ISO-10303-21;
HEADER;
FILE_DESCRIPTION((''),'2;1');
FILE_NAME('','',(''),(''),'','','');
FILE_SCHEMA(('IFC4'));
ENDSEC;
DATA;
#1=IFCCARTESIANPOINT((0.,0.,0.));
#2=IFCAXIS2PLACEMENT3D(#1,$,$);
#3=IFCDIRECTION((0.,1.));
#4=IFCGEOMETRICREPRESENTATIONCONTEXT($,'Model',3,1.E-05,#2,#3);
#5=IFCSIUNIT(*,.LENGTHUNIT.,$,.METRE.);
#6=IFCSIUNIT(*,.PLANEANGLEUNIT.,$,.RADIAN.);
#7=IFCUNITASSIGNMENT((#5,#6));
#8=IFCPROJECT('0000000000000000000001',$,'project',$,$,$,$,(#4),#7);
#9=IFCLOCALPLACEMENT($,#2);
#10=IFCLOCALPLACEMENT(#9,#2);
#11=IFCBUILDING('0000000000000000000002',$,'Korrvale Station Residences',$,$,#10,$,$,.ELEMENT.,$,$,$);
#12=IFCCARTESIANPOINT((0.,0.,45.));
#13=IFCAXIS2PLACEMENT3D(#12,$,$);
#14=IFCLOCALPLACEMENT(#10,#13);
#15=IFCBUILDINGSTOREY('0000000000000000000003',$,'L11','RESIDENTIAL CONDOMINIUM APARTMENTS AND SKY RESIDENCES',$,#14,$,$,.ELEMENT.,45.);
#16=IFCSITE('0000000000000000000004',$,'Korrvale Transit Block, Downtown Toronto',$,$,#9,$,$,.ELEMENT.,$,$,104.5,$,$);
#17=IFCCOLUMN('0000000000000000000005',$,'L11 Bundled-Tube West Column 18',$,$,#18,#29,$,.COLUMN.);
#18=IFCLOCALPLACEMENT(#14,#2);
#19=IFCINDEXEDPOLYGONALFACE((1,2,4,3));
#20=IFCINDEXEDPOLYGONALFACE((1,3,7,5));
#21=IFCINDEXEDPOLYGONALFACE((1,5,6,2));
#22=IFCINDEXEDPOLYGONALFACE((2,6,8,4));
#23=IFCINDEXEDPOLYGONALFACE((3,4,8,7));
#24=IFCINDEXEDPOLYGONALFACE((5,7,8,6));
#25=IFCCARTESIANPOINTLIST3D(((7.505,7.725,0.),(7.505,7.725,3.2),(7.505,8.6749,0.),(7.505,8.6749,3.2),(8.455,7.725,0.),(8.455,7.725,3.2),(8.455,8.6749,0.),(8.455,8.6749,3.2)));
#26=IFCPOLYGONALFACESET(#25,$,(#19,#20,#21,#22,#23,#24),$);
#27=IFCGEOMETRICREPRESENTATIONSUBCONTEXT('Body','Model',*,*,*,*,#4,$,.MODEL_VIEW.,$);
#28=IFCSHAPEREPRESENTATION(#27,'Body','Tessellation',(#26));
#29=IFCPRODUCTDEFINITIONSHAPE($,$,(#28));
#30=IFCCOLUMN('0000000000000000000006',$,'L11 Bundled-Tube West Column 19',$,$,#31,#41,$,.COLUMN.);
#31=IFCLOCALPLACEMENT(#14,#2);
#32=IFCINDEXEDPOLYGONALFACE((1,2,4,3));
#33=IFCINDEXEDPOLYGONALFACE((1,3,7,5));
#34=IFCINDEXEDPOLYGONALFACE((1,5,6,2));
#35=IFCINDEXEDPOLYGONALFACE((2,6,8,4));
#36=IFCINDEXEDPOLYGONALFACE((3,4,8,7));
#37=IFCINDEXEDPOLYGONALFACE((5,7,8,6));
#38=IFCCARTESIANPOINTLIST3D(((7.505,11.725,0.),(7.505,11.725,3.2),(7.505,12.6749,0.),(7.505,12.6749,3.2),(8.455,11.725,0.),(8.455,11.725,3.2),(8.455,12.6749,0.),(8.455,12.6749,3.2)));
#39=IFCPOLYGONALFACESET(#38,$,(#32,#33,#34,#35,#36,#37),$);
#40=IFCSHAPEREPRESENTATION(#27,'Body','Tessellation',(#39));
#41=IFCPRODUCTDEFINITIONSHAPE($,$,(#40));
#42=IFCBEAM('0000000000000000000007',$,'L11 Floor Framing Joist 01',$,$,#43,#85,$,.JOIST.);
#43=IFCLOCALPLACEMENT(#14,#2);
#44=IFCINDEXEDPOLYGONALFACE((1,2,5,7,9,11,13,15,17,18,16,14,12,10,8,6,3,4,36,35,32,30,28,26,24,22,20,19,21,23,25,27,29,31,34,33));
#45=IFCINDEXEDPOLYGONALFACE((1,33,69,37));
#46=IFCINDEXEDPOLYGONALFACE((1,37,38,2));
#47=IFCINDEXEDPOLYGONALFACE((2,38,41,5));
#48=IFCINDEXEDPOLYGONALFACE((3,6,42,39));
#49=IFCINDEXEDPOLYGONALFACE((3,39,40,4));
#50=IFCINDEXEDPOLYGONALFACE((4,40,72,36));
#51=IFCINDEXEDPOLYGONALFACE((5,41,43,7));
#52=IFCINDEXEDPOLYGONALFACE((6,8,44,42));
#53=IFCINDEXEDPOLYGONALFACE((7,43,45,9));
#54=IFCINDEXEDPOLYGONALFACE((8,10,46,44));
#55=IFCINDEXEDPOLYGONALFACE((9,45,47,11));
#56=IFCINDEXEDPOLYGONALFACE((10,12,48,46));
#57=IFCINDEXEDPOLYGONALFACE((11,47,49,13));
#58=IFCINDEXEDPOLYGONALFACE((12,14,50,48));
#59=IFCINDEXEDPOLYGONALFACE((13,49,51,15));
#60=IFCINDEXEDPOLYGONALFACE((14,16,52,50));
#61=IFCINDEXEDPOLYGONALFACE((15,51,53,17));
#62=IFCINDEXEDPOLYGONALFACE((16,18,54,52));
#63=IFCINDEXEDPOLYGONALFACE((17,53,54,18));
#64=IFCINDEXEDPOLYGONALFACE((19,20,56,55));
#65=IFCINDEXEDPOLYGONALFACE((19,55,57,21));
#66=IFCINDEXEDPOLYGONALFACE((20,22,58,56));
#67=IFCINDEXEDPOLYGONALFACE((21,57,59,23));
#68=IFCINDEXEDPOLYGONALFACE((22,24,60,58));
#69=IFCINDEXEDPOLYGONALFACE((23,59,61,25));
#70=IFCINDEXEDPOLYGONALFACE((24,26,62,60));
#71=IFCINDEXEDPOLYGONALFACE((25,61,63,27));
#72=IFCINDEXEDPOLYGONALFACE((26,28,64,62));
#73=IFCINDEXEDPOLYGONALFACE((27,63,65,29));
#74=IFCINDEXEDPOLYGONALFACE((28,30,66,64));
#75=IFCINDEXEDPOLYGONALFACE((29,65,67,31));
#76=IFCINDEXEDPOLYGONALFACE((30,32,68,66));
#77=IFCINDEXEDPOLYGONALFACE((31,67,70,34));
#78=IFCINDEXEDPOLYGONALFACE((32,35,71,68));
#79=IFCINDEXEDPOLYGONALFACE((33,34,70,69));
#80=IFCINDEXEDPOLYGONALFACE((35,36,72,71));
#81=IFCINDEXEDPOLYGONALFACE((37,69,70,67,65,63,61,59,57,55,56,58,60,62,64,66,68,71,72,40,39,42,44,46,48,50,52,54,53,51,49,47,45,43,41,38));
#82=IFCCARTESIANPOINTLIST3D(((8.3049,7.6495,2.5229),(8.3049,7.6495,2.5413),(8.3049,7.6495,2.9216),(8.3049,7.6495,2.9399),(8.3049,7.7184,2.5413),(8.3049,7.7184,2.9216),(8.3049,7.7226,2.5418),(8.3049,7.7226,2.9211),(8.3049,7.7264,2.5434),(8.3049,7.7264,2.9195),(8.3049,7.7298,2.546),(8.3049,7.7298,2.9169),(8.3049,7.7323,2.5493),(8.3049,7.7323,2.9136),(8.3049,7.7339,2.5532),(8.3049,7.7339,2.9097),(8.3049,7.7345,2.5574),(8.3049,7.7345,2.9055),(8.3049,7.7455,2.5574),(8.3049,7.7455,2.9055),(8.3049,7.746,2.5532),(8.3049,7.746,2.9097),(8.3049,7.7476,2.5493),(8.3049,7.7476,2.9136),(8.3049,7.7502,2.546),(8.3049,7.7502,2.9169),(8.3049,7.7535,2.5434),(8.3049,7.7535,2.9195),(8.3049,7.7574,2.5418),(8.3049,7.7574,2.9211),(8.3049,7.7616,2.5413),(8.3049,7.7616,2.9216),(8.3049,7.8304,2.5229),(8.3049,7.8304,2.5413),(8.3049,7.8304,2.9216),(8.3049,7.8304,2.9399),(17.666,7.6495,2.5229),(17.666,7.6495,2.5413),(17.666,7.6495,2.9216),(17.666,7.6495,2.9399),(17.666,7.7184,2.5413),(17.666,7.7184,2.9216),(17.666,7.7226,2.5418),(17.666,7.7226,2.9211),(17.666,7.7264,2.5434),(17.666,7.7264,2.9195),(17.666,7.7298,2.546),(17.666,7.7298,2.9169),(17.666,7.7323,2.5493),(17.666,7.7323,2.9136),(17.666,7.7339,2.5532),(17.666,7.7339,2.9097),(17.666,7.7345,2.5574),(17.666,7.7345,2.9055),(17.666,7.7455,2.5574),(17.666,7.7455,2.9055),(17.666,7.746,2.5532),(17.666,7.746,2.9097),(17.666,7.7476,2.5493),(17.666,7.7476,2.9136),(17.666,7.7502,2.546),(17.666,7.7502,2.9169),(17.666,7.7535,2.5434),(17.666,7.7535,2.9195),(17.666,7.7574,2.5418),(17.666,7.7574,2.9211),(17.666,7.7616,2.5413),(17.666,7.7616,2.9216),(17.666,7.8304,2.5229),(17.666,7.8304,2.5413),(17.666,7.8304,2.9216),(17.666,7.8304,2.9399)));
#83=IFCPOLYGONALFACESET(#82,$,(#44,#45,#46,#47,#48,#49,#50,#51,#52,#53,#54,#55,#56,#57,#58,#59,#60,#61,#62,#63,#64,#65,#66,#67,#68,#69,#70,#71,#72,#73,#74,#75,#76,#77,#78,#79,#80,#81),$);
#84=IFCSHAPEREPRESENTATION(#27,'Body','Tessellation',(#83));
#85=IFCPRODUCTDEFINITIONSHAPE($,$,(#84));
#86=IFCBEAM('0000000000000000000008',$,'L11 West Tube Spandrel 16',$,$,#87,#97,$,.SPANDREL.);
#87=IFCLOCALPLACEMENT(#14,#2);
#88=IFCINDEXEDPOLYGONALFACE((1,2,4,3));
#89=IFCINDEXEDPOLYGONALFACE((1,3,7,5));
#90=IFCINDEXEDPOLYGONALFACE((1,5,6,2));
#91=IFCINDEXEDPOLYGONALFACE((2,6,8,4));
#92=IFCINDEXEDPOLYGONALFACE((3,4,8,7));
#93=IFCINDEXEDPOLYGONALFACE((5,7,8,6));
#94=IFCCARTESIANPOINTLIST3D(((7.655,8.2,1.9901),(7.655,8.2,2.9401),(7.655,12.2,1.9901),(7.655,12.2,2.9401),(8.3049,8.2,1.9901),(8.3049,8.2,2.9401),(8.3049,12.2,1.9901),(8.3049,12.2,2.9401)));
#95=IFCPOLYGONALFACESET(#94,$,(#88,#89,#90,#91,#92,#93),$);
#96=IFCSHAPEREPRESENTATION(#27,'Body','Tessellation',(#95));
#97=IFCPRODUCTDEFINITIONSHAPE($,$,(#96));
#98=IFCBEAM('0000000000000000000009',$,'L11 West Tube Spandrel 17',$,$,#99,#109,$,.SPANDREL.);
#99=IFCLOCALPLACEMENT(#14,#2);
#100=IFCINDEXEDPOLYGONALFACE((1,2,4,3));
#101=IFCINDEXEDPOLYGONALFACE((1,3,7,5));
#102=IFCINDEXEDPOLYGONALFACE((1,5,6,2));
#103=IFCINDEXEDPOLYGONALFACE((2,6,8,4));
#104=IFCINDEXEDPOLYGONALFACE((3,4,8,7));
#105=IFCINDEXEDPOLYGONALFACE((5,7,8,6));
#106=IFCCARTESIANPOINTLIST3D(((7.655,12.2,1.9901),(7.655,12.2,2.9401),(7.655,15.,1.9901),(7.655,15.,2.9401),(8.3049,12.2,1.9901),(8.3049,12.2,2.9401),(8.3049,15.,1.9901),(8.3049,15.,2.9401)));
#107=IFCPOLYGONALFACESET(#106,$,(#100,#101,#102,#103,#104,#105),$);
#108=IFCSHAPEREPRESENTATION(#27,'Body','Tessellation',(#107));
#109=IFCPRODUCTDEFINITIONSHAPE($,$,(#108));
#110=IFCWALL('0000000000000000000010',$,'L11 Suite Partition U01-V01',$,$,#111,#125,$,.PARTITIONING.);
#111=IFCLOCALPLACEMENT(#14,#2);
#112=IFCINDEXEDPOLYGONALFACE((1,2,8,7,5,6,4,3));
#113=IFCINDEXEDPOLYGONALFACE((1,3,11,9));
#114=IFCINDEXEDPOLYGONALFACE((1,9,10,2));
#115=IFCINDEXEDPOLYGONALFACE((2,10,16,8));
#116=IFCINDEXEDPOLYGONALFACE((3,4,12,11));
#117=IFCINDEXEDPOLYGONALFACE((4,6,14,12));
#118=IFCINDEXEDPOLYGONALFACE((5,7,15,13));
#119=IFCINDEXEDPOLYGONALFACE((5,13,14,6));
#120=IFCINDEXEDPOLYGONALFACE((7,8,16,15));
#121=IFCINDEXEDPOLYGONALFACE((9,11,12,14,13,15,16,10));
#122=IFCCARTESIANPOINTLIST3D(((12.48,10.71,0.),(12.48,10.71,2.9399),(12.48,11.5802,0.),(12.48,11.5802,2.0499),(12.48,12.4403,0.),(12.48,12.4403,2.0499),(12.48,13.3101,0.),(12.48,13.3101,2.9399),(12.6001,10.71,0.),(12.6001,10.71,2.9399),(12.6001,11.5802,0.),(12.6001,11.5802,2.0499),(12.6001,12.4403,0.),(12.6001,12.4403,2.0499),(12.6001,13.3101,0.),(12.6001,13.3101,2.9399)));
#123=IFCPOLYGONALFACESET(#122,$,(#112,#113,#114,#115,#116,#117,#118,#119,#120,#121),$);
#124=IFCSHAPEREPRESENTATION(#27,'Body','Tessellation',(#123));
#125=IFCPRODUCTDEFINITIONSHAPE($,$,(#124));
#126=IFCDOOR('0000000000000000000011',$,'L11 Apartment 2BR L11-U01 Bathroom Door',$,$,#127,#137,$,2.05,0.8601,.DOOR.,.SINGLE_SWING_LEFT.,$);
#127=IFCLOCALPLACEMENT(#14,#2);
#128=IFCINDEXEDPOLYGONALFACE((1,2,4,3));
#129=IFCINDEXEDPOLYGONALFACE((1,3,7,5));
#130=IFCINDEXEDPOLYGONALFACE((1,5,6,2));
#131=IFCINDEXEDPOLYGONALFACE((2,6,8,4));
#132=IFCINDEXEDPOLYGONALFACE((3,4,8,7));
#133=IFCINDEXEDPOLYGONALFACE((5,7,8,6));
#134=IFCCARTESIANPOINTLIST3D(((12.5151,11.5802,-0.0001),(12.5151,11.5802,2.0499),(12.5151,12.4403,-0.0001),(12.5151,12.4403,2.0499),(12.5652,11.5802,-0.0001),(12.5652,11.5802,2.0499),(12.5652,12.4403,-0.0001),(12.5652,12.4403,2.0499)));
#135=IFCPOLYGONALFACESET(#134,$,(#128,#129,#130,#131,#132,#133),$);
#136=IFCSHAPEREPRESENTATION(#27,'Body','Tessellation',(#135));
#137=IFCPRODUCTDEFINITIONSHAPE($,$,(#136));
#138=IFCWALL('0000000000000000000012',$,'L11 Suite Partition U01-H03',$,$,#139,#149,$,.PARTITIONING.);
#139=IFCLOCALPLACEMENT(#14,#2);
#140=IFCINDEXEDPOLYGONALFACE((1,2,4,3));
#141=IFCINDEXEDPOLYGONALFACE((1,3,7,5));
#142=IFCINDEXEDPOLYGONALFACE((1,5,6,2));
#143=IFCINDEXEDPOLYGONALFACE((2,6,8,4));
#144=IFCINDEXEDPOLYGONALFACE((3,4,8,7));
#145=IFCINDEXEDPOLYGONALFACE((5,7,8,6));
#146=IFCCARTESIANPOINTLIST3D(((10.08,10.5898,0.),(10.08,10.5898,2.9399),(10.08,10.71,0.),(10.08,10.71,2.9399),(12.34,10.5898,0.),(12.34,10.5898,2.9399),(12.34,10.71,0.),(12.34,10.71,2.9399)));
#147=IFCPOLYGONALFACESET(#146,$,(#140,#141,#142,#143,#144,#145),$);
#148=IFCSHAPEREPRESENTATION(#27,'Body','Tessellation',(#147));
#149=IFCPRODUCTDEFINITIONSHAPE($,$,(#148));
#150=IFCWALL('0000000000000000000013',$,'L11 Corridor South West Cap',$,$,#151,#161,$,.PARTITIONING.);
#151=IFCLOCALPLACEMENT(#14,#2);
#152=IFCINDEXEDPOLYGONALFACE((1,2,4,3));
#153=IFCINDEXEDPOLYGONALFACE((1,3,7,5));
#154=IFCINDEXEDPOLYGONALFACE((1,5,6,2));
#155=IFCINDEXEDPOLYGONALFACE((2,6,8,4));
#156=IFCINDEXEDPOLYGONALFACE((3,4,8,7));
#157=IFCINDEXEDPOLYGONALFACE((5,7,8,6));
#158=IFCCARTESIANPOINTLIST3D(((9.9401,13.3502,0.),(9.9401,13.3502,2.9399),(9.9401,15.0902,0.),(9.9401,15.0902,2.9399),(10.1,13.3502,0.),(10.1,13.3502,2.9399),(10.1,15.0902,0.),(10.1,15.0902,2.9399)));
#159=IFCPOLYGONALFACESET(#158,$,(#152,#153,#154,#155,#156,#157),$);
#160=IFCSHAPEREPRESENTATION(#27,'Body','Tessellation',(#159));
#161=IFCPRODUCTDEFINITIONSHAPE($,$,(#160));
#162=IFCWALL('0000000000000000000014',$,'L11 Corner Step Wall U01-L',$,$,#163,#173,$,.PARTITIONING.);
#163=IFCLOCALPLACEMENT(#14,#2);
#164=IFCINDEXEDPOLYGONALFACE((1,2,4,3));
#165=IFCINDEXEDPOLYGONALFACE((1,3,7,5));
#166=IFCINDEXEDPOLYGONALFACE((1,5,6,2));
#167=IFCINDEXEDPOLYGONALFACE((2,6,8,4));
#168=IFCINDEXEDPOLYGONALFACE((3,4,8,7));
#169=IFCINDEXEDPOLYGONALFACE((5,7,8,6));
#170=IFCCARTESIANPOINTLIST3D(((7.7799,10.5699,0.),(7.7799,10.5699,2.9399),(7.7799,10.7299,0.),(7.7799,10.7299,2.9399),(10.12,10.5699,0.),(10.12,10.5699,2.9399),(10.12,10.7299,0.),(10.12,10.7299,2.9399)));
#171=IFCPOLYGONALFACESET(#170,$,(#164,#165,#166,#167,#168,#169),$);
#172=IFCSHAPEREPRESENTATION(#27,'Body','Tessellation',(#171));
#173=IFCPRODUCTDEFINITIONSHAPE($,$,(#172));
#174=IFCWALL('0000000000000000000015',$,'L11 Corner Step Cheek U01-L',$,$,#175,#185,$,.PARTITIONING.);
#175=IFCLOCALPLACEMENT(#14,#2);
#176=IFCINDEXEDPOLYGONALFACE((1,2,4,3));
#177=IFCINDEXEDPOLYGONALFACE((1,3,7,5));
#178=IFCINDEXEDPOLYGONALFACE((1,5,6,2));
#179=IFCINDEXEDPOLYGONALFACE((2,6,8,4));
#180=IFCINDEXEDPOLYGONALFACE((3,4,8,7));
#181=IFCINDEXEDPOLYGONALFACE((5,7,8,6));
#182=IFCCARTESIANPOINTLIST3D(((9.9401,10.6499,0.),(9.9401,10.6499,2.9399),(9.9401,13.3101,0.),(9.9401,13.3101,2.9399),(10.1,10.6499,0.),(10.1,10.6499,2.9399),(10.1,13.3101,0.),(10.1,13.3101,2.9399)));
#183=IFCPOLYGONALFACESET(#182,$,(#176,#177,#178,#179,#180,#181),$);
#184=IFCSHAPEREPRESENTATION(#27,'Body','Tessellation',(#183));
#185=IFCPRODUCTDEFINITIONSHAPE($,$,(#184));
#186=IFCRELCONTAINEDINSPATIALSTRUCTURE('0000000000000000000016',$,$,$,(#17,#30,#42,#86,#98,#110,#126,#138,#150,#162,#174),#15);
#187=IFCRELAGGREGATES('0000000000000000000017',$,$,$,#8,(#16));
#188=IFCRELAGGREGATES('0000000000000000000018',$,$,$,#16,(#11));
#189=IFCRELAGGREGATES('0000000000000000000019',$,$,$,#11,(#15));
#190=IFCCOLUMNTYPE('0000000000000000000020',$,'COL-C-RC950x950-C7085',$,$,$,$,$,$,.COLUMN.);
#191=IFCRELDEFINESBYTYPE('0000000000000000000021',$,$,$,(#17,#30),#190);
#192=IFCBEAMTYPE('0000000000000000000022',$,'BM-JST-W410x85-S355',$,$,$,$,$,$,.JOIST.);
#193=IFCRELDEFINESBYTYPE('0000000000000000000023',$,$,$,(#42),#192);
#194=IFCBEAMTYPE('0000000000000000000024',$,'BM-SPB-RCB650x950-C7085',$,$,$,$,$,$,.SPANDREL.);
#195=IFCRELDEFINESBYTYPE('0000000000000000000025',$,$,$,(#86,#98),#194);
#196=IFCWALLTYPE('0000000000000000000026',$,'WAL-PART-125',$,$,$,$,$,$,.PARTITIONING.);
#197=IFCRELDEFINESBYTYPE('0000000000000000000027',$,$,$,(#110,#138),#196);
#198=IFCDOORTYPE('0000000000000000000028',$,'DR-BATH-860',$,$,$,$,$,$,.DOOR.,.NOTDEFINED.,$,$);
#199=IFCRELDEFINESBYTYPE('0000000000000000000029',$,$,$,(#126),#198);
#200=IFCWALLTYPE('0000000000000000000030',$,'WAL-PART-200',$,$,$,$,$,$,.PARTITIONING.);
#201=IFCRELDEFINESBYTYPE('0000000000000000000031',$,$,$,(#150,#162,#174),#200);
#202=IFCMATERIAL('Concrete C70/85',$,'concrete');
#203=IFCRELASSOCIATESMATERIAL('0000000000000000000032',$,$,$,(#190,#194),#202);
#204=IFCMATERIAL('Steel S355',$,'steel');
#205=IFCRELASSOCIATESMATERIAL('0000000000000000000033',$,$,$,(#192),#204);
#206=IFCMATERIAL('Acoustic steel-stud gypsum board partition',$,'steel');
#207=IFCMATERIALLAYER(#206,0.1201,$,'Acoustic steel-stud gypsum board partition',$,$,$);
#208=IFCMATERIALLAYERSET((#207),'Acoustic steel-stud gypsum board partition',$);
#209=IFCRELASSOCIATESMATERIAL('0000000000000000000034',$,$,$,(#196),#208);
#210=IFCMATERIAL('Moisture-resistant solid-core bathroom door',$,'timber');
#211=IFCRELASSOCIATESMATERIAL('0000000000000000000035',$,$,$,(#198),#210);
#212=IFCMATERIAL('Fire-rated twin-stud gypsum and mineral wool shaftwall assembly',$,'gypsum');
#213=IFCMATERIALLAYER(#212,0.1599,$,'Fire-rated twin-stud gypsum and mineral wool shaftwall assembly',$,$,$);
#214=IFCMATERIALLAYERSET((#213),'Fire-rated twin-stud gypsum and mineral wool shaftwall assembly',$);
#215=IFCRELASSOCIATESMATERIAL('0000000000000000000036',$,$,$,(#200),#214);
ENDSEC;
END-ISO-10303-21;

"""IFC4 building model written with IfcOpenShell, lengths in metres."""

from ifc_helpers import new_model, si_unit, direction, frame, frame_2d, origin, origin_2d, place, context, subcontext, project, spatial, rectangle, i_section, extrude, material, layer, layer_set, material_profile, profile_set, type_object, element, fill, save


model = new_model("IFC4")

# Units and contexts
model_context = context("Model", 3, precision=1e-05, world=origin(), true_north=direction((0.0, 1.0)))
body_context = subcontext(model_context, "Body", "Model", "MODEL_VIEW")
ifc_project = project(units=[si_unit("LENGTHUNIT", "METRE"), si_unit("PLANEANGLEUNIT", "RADIAN")], contexts=[model_context])

# Site, building, storey
site_placement = place(None, origin())
site = spatial("IfcSite", under=ifc_project, at=site_placement, Name="Korrvale Transit Block, Downtown Toronto", CompositionType="ELEMENT", RefElevation=104.5)
building_placement = place(site_placement, origin())
building = spatial("IfcBuilding", under=site, at=building_placement, Name="Korrvale Station Residences", CompositionType="ELEMENT")
storey_placement = place(building_placement, frame((0.0, 0.0, 45.0)))
storey = spatial("IfcBuildingStorey", under=building, at=storey_placement, Name="L11", Description="RESIDENTIAL CONDOMINIUM APARTMENTS AND SKY RESIDENCES", CompositionType="ELEMENT", Elevation=45.0)

# Columns
ifc_material_1 = material(Name="Concrete C70/85", Category="concrete")
ifc_material_profile_1 = material_profile(ifc_material_1, rectangle(XDim=0.95, YDim=0.95, at=origin_2d()), Name="RC950x950")
ifc_profile_set_1 = profile_set([ifc_material_profile_1], Name="Concrete C70/85")
column_type = type_object("IfcColumnType", Name="COL-C-RC950x950-C7085", PredefinedType="COLUMN", material=ifc_profile_set_1)
for number, where, z_axis, x_axis, name in (
    (1, (7.98, 8.2, 0.0), (0.0, 0.0, 1.0), (1.0, 0.0, 0.0), "L11 Bundled-Tube West Column 18"),
    (2, (7.98, 12.2, 0.0), (0.0, 0.0, 1.0), (1.0, 0.0, 0.0), "L11 Bundled-Tube West Column 19"),
):
    element("IfcColumn", number, at=place(storey_placement, frame(where, z_axis=z_axis, x_axis=x_axis)), inside=storey, type_object=column_type, Name=name, PredefinedType="COLUMN", context=body_context, shape_type="SweptSolid", body=[
        extrude(rectangle(XDim=0.95, YDim=0.95, at=origin_2d()), origin(), (0.0, 0.0, 1.0), 3.2),
    ])

# Beams
ifc_material_2 = material(Name="Steel S355", Category="steel")
ifc_material_profile_2 = material_profile(ifc_material_2, i_section(OverallWidth=0.1809, OverallDepth=0.417, WebThickness=0.011, FlangeThickness=0.0183, FilletRadius=0.0161, at=origin_2d()), Name="W410x85")
ifc_profile_set_2 = profile_set([ifc_material_profile_2], Name="Steel S355")
beam_type_1 = type_object("IfcBeamType", Name="BM-JST-W410x85-S355", PredefinedType="JOIST", material=ifc_profile_set_2)
beam_1_placement = place(storey_placement, frame((8.3049, 7.74, 2.7314), z_axis=(1.0, 0.0, 0.0), x_axis=(0.0, 1.0, 0.0)))
element("IfcBeam", 3, at=beam_1_placement, inside=storey, type_object=beam_type_1, Name="L11 Floor Framing Joist 01", PredefinedType="JOIST", context=body_context, shape_type="SweptSolid", body=[
    extrude(i_section(OverallWidth=0.1809, OverallDepth=0.417, WebThickness=0.011, FlangeThickness=0.0183, FilletRadius=0.0161, at=origin_2d()), origin(), (0.0, 0.0, 1.0), 9.3611),
])
ifc_material_profile_3 = material_profile(ifc_material_1, rectangle(XDim=0.6499, YDim=0.95, at=origin_2d()), Name="RCB650x950")
ifc_profile_set_3 = profile_set([ifc_material_profile_3], Name="Concrete C70/85")
beam_type_2 = type_object("IfcBeamType", Name="BM-SPB-RCB650x950-C7085", PredefinedType="SPANDREL", material=ifc_profile_set_3)
beam_2_placement = place(storey_placement, frame((7.98, 8.2, 2.4651), z_axis=(0.0, 1.0, 0.0), x_axis=(-1.0, 0.0, 0.0)))
element("IfcBeam", 4, at=beam_2_placement, inside=storey, type_object=beam_type_2, Name="L11 West Tube Spandrel 16", PredefinedType="SPANDREL", context=body_context, shape_type="SweptSolid", body=[
    extrude(rectangle(XDim=0.6499, YDim=0.95, at=origin_2d()), origin(), (0.0, 0.0, 1.0), 4.0),
])
beam_3_placement = place(storey_placement, frame((7.98, 12.2, 2.4651), z_axis=(0.0, 1.0, 0.0), x_axis=(-1.0, 0.0, 0.0)))
element("IfcBeam", 5, at=beam_3_placement, inside=storey, type_object=beam_type_2, Name="L11 West Tube Spandrel 17", PredefinedType="SPANDREL", context=body_context, shape_type="SweptSolid", body=[
    extrude(rectangle(XDim=0.6499, YDim=0.95, at=origin_2d()), origin(), (0.0, 0.0, 1.0), 2.8),
])

# Wall, opening, door
ifc_material_3 = material(Name="Acoustic steel-stud gypsum board partition", Category="steel")
ifc_layer_1 = layer(ifc_material_3, 0.1201, Name="Acoustic steel-stud gypsum board partition")
ifc_layer_set_1 = layer_set([ifc_layer_1], Name="Acoustic steel-stud gypsum board partition")
wall_type_1 = type_object("IfcWallType", Name="WAL-PART-125", PredefinedType="PARTITIONING", material=ifc_layer_set_1)
wall_1_placement = place(storey_placement, frame((12.54, 10.71, 0.0), z_axis=(0.0, 0.0, 1.0), x_axis=(0.0, 1.0, 0.0)))
wall_1 = element("IfcWall", 6, at=wall_1_placement, inside=storey, type_object=wall_type_1, Name="L11 Suite Partition U01-V01", PredefinedType="PARTITIONING", context=body_context, shape_type="SweptSolid", body=[
    extrude(rectangle(XDim=2.6001, YDim=0.1201, at=frame_2d((1.3, 0.0))), origin(), (0.0, 0.0, 1.0), 2.9399),
])
opening_1_placement = place(wall_1_placement, frame((0.8701, 0.0, 0.0)))
opening_1 = element("IfcOpeningElement", 7, at=opening_1_placement, cuts=wall_1, PredefinedType="OPENING", context=body_context, shape_type="SweptSolid", body=[
    extrude(rectangle(XDim=0.8601, YDim=2.05, at=frame_2d((0.4302, 1.0249))), frame((0.0, 0.0701, 0.0), z_axis=(0.0, -1.0, 0.0), x_axis=(1.0, 0.0, 0.0)), (0.0, 0.0, 1.0), 0.1401),
])
ifc_material_4 = material(Name="Moisture-resistant solid-core bathroom door", Category="timber")
door_type_1 = type_object("IfcDoorType", Name="DR-BATH-860", OperationType="NOTDEFINED", PredefinedType="DOOR", material=ifc_material_4)
door_1_placement = place(opening_1_placement, origin())
door_1 = element("IfcDoor", 8, at=door_1_placement, inside=storey, type_object=door_type_1, Name="L11 Apartment 2BR L11-U01 Bathroom Door", OperationType="SINGLE_SWING_LEFT", OverallHeight=2.05, OverallWidth=0.8601, PredefinedType="DOOR", context=body_context, shape_type="SweptSolid", body=[
    extrude(rectangle(XDim=0.8601, YDim=2.05, at=frame_2d((0.4302, 1.0249))), frame((0.0, 0.0249, 0.0), z_axis=(0.0, -1.0, 0.0), x_axis=(1.0, 0.0, 0.0)), (0.0, 0.0, 1.0), 0.05),
])
fill(opening_1, door_1)

# Walls
wall_2_placement = place(storey_placement, frame((10.0801, 10.6499, 0.0), z_axis=(0.0, 0.0, 1.0), x_axis=(1.0, 0.0, 0.0)))
element("IfcWall", 9, at=wall_2_placement, inside=storey, type_object=wall_type_1, Name="L11 Suite Partition U01-H03", PredefinedType="PARTITIONING", context=body_context, shape_type="SweptSolid", body=[
    extrude(rectangle(XDim=2.26, YDim=0.1201, at=frame_2d((1.1299, 0.0))), origin(), (0.0, 0.0, 1.0), 2.9399),
])
ifc_material_5 = material(Name="Fire-rated twin-stud gypsum and mineral wool shaftwall assembly", Category="gypsum")
ifc_layer_2 = layer(ifc_material_5, 0.1599, Name="Fire-rated twin-stud gypsum and mineral wool shaftwall assembly")
ifc_layer_set_2 = layer_set([ifc_layer_2], Name="Fire-rated twin-stud gypsum and mineral wool shaftwall assembly")
wall_type_2 = type_object("IfcWallType", Name="WAL-PART-200", PredefinedType="PARTITIONING", material=ifc_layer_set_2)
wall_3_placement = place(storey_placement, frame((10.02, 13.3501, 0.0), z_axis=(0.0, 0.0, 1.0), x_axis=(0.0, 1.0, 0.0)))
element("IfcWall", 10, at=wall_3_placement, inside=storey, type_object=wall_type_2, Name="L11 Corridor South West Cap", PredefinedType="PARTITIONING", context=body_context, shape_type="SweptSolid", body=[
    extrude(rectangle(XDim=1.74, YDim=0.1599, at=frame_2d((0.8701, 0.0))), origin(), (0.0, 0.0, 1.0), 2.9399),
])
wall_4_placement = place(storey_placement, frame((7.78, 10.6499, 0.0), z_axis=(0.0, 0.0, 1.0), x_axis=(1.0, 0.0, 0.0)))
element("IfcWall", 11, at=wall_4_placement, inside=storey, type_object=wall_type_2, Name="L11 Corner Step Wall U01-L", PredefinedType="PARTITIONING", context=body_context, shape_type="SweptSolid", body=[
    extrude(rectangle(XDim=2.3401, YDim=0.1599, at=frame_2d((1.1699, 0.0))), origin(), (0.0, 0.0, 1.0), 2.9399),
])
wall_5_placement = place(storey_placement, frame((10.02, 10.6499, 0.0), z_axis=(0.0, 0.0, 1.0), x_axis=(0.0, 1.0, 0.0)))
element("IfcWall", 12, at=wall_5_placement, inside=storey, type_object=wall_type_2, Name="L11 Corner Step Cheek U01-L", PredefinedType="PARTITIONING", context=body_context, shape_type="SweptSolid", body=[
    extrude(rectangle(XDim=2.6602, YDim=0.1599, at=frame_2d((1.3301, 0.0))), origin(), (0.0, 0.0, 1.0), 2.9399),
])

save(model, "model.ifc")
